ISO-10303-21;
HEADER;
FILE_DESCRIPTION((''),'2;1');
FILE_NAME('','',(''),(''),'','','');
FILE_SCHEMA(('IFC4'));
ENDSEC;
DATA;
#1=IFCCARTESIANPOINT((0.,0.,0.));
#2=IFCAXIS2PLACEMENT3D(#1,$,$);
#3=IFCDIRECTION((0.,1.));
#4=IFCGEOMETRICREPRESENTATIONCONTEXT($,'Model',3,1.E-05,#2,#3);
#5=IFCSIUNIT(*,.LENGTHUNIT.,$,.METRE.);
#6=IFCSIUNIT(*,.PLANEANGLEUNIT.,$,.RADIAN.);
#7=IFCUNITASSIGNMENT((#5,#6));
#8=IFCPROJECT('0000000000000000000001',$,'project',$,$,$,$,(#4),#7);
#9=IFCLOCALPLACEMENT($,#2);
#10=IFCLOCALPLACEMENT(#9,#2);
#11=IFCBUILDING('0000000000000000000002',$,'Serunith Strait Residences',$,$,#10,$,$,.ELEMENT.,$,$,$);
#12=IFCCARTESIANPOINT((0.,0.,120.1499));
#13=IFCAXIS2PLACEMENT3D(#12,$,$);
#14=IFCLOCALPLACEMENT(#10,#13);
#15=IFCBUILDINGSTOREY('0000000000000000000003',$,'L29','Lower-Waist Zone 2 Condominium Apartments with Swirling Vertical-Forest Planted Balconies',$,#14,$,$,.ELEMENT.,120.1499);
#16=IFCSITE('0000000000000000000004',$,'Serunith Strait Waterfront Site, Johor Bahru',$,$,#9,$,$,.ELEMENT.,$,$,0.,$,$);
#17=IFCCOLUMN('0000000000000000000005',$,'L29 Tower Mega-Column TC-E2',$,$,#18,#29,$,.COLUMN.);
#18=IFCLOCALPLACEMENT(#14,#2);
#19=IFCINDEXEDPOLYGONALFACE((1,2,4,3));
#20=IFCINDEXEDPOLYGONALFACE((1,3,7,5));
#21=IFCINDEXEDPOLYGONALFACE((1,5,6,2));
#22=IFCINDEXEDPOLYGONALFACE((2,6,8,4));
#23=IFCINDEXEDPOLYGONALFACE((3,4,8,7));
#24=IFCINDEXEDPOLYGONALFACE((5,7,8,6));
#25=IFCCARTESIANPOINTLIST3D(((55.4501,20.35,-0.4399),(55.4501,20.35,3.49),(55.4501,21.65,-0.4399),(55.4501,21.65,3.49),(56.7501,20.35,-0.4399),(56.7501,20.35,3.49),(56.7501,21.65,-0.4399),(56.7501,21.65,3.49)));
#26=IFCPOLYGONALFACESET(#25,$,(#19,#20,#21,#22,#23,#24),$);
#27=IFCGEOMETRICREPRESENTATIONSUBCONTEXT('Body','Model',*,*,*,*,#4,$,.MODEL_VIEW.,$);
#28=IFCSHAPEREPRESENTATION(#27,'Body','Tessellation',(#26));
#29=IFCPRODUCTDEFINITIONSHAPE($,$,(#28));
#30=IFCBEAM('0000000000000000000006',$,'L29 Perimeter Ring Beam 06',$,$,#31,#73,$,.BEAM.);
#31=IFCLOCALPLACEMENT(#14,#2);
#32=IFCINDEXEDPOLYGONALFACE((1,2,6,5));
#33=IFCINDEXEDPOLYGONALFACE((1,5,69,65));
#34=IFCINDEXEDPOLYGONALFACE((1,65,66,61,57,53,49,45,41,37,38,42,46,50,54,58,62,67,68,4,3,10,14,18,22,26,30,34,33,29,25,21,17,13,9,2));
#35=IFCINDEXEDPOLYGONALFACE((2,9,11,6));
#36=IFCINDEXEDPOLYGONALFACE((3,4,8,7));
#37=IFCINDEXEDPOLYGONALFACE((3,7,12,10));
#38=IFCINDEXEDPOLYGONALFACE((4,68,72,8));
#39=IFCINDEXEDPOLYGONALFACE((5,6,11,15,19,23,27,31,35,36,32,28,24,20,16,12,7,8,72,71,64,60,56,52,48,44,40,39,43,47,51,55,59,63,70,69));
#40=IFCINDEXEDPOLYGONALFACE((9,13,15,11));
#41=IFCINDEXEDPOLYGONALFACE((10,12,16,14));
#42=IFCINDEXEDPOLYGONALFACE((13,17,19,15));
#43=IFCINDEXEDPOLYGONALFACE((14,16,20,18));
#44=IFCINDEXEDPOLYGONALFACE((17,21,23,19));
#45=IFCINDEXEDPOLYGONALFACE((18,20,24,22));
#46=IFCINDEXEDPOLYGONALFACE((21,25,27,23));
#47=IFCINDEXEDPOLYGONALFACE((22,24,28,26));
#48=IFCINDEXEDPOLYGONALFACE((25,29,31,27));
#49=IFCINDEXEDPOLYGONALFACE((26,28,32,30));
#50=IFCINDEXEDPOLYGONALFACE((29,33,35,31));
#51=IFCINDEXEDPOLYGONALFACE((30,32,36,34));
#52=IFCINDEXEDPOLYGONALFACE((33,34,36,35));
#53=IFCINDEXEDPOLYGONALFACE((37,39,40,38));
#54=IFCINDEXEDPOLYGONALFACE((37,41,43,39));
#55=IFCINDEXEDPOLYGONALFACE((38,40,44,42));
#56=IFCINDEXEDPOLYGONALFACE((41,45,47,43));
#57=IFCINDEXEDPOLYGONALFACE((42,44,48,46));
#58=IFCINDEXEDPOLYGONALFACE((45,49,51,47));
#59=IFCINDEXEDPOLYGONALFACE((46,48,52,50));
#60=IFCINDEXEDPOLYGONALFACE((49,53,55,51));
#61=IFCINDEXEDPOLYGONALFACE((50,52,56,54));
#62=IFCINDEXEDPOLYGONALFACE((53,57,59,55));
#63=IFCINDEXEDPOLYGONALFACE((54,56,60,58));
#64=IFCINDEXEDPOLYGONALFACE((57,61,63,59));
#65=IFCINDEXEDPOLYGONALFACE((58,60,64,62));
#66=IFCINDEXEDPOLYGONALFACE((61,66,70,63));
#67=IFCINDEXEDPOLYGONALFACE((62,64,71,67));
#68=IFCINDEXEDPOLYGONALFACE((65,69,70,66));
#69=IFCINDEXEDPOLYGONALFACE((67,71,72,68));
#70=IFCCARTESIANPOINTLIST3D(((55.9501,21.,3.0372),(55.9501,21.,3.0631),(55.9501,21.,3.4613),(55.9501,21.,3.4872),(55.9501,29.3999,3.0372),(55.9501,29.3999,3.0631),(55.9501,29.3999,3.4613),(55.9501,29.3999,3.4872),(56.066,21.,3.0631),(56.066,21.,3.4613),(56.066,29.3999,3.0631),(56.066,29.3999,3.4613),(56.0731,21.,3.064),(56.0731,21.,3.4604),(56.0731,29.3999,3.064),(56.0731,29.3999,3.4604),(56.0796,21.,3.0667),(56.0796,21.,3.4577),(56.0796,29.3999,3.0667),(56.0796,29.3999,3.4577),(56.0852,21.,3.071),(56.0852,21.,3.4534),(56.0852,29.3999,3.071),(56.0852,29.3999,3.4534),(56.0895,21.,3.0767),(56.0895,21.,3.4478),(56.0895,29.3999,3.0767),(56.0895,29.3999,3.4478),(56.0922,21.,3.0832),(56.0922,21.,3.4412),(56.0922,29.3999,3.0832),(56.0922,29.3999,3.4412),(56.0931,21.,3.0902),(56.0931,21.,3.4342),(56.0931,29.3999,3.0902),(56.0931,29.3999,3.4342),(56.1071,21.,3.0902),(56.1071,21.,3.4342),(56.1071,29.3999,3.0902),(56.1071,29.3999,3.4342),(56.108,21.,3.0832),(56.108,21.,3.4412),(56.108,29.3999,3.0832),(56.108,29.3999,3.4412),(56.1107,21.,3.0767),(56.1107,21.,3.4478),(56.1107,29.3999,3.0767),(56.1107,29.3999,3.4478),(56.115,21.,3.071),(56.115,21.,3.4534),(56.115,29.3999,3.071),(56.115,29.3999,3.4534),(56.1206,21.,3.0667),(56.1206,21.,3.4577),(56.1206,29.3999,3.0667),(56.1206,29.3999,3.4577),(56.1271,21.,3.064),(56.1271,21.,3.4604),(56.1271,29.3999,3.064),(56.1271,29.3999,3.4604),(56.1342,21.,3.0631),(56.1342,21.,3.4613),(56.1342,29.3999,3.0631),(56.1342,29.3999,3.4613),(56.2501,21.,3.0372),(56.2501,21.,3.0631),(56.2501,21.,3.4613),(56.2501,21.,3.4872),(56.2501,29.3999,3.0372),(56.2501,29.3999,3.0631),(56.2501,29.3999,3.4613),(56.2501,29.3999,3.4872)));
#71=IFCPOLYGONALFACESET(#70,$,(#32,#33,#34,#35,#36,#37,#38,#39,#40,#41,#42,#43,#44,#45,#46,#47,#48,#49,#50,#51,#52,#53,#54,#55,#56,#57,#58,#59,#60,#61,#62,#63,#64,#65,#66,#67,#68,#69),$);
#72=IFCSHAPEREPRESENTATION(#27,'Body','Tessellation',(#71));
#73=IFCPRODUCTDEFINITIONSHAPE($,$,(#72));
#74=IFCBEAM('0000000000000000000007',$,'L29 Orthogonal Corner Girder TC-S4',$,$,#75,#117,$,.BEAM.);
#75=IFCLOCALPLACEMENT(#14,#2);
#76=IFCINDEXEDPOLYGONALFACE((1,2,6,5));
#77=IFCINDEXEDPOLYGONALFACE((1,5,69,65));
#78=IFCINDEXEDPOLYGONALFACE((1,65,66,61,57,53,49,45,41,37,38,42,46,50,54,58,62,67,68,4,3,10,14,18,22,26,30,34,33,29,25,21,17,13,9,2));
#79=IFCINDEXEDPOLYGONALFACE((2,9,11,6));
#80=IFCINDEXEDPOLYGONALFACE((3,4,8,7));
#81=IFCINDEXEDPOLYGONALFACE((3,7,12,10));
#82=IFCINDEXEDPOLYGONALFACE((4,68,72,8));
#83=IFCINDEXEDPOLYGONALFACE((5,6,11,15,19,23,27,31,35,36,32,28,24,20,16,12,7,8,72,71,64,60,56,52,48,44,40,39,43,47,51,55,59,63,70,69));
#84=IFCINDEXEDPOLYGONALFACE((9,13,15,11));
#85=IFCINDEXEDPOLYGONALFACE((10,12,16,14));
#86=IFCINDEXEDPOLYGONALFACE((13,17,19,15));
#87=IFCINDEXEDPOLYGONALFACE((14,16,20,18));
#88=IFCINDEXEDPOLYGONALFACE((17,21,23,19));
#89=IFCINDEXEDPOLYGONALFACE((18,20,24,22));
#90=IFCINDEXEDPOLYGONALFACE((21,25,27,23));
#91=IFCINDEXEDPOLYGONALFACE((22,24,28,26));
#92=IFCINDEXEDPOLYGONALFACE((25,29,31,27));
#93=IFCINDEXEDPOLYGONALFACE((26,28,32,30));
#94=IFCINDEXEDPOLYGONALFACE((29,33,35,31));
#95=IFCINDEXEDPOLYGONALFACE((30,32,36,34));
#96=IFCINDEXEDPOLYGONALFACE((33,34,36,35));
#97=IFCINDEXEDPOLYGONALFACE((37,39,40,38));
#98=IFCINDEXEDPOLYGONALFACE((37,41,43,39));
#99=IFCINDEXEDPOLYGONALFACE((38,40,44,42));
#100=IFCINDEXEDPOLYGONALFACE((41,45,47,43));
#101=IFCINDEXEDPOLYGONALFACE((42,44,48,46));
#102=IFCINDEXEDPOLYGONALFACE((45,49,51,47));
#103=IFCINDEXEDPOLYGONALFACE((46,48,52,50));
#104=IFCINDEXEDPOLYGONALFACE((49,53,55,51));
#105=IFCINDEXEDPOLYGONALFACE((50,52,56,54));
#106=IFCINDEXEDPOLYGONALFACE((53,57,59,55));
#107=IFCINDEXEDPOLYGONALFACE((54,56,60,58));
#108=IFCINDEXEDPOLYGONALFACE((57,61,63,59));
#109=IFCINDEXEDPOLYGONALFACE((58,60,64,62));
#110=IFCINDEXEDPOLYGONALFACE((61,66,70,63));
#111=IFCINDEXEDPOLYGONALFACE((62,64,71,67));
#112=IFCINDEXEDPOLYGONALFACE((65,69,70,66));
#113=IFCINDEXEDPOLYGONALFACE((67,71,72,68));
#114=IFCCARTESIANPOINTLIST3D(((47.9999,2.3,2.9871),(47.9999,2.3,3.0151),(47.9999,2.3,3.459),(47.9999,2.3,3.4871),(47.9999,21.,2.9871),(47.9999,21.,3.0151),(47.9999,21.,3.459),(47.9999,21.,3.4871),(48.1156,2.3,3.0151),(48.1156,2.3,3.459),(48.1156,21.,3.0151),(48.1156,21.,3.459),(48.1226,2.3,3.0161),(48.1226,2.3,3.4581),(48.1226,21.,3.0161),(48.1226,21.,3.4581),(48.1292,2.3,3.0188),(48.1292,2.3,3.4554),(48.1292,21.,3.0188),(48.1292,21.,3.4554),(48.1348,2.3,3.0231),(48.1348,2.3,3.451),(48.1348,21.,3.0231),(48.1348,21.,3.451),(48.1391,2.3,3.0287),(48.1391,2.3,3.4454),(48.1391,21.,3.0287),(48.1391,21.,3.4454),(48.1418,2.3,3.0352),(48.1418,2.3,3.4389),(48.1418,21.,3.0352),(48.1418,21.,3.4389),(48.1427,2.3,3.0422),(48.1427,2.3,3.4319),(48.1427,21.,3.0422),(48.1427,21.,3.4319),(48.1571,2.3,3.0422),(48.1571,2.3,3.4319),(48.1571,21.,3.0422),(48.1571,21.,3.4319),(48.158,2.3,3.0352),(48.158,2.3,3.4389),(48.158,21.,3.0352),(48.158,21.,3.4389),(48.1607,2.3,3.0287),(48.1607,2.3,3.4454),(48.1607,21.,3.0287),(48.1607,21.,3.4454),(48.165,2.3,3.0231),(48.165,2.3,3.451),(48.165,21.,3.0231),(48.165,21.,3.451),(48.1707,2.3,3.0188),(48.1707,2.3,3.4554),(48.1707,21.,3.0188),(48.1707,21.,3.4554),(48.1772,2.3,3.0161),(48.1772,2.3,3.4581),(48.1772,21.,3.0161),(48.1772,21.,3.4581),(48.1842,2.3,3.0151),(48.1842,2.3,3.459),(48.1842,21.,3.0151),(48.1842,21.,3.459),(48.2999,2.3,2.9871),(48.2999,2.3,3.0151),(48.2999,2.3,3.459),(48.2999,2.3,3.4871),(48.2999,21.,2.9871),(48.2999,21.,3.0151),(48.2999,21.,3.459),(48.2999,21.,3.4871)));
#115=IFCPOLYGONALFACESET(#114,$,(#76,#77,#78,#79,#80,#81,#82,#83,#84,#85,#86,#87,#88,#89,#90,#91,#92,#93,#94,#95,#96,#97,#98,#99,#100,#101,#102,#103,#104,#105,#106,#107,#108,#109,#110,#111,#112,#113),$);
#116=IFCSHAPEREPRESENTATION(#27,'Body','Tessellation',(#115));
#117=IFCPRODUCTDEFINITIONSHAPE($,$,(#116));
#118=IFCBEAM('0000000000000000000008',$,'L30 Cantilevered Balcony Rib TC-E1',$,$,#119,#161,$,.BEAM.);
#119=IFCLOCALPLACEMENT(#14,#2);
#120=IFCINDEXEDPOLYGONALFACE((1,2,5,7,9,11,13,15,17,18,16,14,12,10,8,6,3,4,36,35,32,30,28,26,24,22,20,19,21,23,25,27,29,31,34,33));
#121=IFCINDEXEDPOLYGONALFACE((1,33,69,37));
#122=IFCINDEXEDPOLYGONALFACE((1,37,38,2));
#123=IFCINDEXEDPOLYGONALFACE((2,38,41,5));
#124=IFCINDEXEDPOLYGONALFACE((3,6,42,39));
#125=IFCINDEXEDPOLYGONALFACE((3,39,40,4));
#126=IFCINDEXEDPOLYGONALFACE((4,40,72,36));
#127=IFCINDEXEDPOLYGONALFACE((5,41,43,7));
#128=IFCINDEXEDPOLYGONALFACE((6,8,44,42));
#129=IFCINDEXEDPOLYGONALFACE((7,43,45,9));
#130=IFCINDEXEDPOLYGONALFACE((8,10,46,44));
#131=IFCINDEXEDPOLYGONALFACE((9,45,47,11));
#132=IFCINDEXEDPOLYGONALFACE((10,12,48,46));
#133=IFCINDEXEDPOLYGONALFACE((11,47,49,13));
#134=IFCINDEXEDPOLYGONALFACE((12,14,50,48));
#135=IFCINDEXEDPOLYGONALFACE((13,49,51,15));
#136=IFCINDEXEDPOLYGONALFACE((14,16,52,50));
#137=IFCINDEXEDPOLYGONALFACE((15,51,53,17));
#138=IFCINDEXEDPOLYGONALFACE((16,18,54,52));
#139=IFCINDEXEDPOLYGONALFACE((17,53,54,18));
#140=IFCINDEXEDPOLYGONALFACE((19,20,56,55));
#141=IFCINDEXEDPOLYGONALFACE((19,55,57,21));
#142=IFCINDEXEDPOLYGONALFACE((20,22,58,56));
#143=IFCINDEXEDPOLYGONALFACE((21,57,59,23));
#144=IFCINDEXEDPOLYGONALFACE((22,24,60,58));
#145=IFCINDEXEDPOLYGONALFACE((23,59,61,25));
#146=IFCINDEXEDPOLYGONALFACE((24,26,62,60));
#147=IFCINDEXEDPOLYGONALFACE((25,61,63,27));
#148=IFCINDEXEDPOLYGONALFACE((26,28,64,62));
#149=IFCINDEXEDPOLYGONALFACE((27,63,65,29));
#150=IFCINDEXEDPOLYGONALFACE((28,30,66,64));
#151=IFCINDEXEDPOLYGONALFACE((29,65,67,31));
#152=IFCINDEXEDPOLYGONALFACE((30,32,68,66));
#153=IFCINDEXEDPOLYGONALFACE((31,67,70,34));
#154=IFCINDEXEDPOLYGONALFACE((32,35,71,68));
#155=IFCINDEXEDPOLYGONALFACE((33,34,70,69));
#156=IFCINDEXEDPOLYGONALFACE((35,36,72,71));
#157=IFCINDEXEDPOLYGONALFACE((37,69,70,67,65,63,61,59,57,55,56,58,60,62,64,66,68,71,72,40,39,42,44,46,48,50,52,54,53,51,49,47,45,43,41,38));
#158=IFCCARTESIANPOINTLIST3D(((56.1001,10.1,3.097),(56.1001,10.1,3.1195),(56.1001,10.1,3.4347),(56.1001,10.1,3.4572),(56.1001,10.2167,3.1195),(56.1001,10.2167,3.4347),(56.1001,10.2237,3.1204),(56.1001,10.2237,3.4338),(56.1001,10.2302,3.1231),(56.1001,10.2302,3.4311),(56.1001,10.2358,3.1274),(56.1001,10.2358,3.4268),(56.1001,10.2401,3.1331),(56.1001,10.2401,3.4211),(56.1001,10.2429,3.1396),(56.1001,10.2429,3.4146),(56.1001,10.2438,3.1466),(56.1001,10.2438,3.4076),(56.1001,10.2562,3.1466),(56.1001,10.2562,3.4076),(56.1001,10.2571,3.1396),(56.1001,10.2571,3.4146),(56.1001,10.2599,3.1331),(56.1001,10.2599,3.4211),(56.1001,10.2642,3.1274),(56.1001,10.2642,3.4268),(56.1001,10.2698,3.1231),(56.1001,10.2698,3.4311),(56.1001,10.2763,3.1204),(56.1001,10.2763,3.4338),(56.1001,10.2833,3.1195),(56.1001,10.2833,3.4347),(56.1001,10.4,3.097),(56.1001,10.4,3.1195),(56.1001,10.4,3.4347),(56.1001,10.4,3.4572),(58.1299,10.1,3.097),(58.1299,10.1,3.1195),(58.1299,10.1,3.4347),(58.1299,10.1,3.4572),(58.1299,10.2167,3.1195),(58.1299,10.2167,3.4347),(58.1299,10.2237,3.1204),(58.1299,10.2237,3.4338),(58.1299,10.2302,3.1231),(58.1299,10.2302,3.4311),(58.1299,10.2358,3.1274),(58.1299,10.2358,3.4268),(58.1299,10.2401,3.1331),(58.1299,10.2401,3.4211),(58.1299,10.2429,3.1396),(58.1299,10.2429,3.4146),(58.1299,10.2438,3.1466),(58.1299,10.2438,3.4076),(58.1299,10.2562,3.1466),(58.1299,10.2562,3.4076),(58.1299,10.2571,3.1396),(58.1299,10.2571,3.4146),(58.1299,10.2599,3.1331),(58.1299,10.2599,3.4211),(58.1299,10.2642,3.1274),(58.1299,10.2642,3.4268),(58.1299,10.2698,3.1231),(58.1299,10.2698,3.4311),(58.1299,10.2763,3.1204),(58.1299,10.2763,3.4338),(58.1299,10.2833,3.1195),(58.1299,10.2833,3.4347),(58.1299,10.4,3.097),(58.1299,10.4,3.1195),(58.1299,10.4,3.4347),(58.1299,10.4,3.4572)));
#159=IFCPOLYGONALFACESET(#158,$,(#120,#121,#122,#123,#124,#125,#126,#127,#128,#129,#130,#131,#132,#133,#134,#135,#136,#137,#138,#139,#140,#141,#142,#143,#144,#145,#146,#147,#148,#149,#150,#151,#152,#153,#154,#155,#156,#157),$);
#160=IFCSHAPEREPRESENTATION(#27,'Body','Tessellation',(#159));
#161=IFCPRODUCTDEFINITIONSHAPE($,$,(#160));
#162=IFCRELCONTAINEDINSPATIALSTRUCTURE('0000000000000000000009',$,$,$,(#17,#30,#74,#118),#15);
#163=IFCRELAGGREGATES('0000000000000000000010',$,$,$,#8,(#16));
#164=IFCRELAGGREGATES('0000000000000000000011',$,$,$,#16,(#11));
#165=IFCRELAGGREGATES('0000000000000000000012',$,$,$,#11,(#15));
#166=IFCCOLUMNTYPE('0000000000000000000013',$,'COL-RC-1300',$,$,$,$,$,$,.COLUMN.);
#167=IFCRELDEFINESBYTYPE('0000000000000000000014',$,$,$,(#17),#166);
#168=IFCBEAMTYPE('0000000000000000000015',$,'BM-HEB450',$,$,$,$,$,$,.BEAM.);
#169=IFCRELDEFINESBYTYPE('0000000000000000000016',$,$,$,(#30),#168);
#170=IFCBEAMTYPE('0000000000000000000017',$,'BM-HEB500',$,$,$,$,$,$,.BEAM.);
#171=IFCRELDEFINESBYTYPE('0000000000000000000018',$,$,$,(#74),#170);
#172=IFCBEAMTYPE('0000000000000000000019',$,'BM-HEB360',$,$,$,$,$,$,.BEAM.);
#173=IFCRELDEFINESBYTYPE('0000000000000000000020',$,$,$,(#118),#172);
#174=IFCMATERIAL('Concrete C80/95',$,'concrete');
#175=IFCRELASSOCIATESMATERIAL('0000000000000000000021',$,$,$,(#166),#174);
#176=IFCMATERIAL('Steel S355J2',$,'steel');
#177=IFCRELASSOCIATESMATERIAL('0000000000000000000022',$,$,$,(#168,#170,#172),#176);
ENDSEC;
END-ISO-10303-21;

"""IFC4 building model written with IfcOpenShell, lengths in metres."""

from ifc_helpers import new_model, si_unit, direction, frame, origin, origin_2d, place, context, subcontext, project, spatial, rectangle, i_section, extrude, source, transform, mapped, material, material_profile, profile_set, type_object, element, save


model = new_model("IFC4")

# Units and contexts
model_context = context("Model", 3, precision=1e-05, world=origin(), true_north=direction((0.0, 1.0)))
body_context = subcontext(model_context, "Body", "Model", "MODEL_VIEW")
ifc_project = project(units=[si_unit("LENGTHUNIT", "METRE"), si_unit("PLANEANGLEUNIT", "RADIAN")], contexts=[model_context])

# Site, building, storey
site_placement = place(None, origin())
site = spatial("IfcSite", under=ifc_project, at=site_placement, Name="Serunith Strait Waterfront Site, Johor Bahru", CompositionType="ELEMENT", RefElevation=0.0)
building_placement = place(site_placement, origin())
building = spatial("IfcBuilding", under=site, at=building_placement, Name="Serunith Strait Residences", CompositionType="ELEMENT")
storey_placement = place(building_placement, frame((0.0, 0.0, 120.1499)))
storey = spatial("IfcBuildingStorey", under=building, at=storey_placement, Name="L29", Description="Lower-Waist Zone 2 Condominium Apartments with Swirling Vertical-Forest Planted Balconies", CompositionType="ELEMENT", Elevation=120.1499)

# Column
ifc_material_1 = material(Name="Concrete C80/95", Category="concrete")
ifc_material_profile_1 = material_profile(ifc_material_1, rectangle(XDim=1.3, YDim=1.3, at=origin_2d()), Name="RC 1300x1300")
ifc_profile_set_1 = profile_set([ifc_material_profile_1], Name="Concrete C80/95")
column_type = type_object("IfcColumnType", Name="COL-RC-1300", PredefinedType="COLUMN", material=ifc_profile_set_1)
shared_shape_1 = source(origin(), body_context, "Body", "SweptSolid", [
    extrude(rectangle(XDim=1.3, YDim=1.3, at=origin_2d()), origin(), (0.0, 0.0, 1.0), 3.9299),
])
column_placement = place(storey_placement, frame((56.1001, 21.0, -0.4399), z_axis=(0.0, 0.0, 1.0), x_axis=(1.0, 0.0, 0.0)))
element("IfcColumn", 1, at=column_placement, inside=storey, type_object=column_type, Name="L29 Tower Mega-Column TC-E2", PredefinedType="COLUMN", context=body_context, shape_type="MappedRepresentation", body=[
    mapped(shared_shape_1, transform((0.0, 0.0, 0.0), scale=1.0)),
])

# Beams
ifc_material_2 = material(Name="Steel S355J2", Category="steel")
ifc_material_profile_2 = material_profile(ifc_material_2, i_section(OverallWidth=0.3, OverallDepth=0.45, WebThickness=0.0139, FlangeThickness=0.0259, FilletRadius=0.0271, at=origin_2d()), Name="HEB 450")
ifc_profile_set_2 = profile_set([ifc_material_profile_2], Name="Steel S355J2")
beam_type_1 = type_object("IfcBeamType", Name="BM-HEB450", PredefinedType="BEAM", material=ifc_profile_set_2)
shared_shape_2 = source(origin(), body_context, "Body", "SweptSolid", [
    extrude(i_section(OverallWidth=0.3, OverallDepth=0.45, WebThickness=0.0139, FlangeThickness=0.0259, FilletRadius=0.0271, at=origin_2d()), origin(), (0.0, 0.0, 1.0), 8.3999),
])
beam_1_placement = place(storey_placement, frame((56.1001, 21.0, 3.2622), z_axis=(0.0, 1.0, 0.0), x_axis=(-1.0, 0.0, 0.0)))
element("IfcBeam", 2, at=beam_1_placement, inside=storey, type_object=beam_type_1, Name="L29 Perimeter Ring Beam 06", PredefinedType="BEAM", context=body_context, shape_type="MappedRepresentation", body=[
    mapped(shared_shape_2, transform((0.0, 0.0, 0.0), scale=1.0)),
])
ifc_material_profile_3 = material_profile(ifc_material_2, i_section(OverallWidth=0.3, OverallDepth=0.5, WebThickness=0.0144, FlangeThickness=0.0281, FilletRadius=0.0271, at=origin_2d()), Name="HEB 500")
ifc_profile_set_3 = profile_set([ifc_material_profile_3], Name="Steel S355J2")
beam_type_2 = type_object("IfcBeamType", Name="BM-HEB500", PredefinedType="BEAM", material=ifc_profile_set_3)
shared_shape_3 = source(origin(), body_context, "Body", "SweptSolid", [
    extrude(i_section(OverallWidth=0.3, OverallDepth=0.5, WebThickness=0.0144, FlangeThickness=0.0281, FilletRadius=0.0271, at=origin_2d()), origin(), (0.0, 0.0, 1.0), 18.7),
])
beam_2_placement = place(storey_placement, frame((48.1499, 21.0, 3.2371), z_axis=(0.0, -1.0, 0.0), x_axis=(1.0, 0.0, 0.0)))
element("IfcBeam", 3, at=beam_2_placement, inside=storey, type_object=beam_type_2, Name="L29 Orthogonal Corner Girder TC-S4", PredefinedType="BEAM", context=body_context, shape_type="MappedRepresentation", body=[
    mapped(shared_shape_3, transform((0.0, 0.0, 0.0), scale=1.0)),
])
ifc_material_profile_4 = material_profile(ifc_material_2, i_section(OverallWidth=0.3, OverallDepth=0.3601, WebThickness=0.0125, FlangeThickness=0.0225, FilletRadius=0.0271, at=origin_2d()), Name="HEB 360")
ifc_profile_set_4 = profile_set([ifc_material_profile_4], Name="Steel S355J2")
beam_type_3 = type_object("IfcBeamType", Name="BM-HEB360", PredefinedType="BEAM", material=ifc_profile_set_4)
shared_shape_4 = source(origin(), body_context, "Body", "SweptSolid", [
    extrude(i_section(OverallWidth=0.3, OverallDepth=0.3601, WebThickness=0.0125, FlangeThickness=0.0225, FilletRadius=0.0271, at=origin_2d()), origin(), (0.0, 0.0, 1.0), 2.0298),
])
for number, where, z_axis, x_axis, name in (
    (4, (56.1001, 10.25, 3.2771), (1.0, 0.0, 0.0), (0.0, 1.0, 0.0), "L30 Cantilevered Balcony Rib TC-E1"),
):
    element("IfcBeam", number, at=place(storey_placement, frame(where, z_axis=z_axis, x_axis=x_axis)), inside=storey, type_object=beam_type_3, Name=name, PredefinedType="BEAM", context=body_context, shape_type="MappedRepresentation", body=[
        mapped(shared_shape_4, transform((0.0, 0.0, 0.0), scale=1.0)),
    ])

save(model, "model.ifc")
